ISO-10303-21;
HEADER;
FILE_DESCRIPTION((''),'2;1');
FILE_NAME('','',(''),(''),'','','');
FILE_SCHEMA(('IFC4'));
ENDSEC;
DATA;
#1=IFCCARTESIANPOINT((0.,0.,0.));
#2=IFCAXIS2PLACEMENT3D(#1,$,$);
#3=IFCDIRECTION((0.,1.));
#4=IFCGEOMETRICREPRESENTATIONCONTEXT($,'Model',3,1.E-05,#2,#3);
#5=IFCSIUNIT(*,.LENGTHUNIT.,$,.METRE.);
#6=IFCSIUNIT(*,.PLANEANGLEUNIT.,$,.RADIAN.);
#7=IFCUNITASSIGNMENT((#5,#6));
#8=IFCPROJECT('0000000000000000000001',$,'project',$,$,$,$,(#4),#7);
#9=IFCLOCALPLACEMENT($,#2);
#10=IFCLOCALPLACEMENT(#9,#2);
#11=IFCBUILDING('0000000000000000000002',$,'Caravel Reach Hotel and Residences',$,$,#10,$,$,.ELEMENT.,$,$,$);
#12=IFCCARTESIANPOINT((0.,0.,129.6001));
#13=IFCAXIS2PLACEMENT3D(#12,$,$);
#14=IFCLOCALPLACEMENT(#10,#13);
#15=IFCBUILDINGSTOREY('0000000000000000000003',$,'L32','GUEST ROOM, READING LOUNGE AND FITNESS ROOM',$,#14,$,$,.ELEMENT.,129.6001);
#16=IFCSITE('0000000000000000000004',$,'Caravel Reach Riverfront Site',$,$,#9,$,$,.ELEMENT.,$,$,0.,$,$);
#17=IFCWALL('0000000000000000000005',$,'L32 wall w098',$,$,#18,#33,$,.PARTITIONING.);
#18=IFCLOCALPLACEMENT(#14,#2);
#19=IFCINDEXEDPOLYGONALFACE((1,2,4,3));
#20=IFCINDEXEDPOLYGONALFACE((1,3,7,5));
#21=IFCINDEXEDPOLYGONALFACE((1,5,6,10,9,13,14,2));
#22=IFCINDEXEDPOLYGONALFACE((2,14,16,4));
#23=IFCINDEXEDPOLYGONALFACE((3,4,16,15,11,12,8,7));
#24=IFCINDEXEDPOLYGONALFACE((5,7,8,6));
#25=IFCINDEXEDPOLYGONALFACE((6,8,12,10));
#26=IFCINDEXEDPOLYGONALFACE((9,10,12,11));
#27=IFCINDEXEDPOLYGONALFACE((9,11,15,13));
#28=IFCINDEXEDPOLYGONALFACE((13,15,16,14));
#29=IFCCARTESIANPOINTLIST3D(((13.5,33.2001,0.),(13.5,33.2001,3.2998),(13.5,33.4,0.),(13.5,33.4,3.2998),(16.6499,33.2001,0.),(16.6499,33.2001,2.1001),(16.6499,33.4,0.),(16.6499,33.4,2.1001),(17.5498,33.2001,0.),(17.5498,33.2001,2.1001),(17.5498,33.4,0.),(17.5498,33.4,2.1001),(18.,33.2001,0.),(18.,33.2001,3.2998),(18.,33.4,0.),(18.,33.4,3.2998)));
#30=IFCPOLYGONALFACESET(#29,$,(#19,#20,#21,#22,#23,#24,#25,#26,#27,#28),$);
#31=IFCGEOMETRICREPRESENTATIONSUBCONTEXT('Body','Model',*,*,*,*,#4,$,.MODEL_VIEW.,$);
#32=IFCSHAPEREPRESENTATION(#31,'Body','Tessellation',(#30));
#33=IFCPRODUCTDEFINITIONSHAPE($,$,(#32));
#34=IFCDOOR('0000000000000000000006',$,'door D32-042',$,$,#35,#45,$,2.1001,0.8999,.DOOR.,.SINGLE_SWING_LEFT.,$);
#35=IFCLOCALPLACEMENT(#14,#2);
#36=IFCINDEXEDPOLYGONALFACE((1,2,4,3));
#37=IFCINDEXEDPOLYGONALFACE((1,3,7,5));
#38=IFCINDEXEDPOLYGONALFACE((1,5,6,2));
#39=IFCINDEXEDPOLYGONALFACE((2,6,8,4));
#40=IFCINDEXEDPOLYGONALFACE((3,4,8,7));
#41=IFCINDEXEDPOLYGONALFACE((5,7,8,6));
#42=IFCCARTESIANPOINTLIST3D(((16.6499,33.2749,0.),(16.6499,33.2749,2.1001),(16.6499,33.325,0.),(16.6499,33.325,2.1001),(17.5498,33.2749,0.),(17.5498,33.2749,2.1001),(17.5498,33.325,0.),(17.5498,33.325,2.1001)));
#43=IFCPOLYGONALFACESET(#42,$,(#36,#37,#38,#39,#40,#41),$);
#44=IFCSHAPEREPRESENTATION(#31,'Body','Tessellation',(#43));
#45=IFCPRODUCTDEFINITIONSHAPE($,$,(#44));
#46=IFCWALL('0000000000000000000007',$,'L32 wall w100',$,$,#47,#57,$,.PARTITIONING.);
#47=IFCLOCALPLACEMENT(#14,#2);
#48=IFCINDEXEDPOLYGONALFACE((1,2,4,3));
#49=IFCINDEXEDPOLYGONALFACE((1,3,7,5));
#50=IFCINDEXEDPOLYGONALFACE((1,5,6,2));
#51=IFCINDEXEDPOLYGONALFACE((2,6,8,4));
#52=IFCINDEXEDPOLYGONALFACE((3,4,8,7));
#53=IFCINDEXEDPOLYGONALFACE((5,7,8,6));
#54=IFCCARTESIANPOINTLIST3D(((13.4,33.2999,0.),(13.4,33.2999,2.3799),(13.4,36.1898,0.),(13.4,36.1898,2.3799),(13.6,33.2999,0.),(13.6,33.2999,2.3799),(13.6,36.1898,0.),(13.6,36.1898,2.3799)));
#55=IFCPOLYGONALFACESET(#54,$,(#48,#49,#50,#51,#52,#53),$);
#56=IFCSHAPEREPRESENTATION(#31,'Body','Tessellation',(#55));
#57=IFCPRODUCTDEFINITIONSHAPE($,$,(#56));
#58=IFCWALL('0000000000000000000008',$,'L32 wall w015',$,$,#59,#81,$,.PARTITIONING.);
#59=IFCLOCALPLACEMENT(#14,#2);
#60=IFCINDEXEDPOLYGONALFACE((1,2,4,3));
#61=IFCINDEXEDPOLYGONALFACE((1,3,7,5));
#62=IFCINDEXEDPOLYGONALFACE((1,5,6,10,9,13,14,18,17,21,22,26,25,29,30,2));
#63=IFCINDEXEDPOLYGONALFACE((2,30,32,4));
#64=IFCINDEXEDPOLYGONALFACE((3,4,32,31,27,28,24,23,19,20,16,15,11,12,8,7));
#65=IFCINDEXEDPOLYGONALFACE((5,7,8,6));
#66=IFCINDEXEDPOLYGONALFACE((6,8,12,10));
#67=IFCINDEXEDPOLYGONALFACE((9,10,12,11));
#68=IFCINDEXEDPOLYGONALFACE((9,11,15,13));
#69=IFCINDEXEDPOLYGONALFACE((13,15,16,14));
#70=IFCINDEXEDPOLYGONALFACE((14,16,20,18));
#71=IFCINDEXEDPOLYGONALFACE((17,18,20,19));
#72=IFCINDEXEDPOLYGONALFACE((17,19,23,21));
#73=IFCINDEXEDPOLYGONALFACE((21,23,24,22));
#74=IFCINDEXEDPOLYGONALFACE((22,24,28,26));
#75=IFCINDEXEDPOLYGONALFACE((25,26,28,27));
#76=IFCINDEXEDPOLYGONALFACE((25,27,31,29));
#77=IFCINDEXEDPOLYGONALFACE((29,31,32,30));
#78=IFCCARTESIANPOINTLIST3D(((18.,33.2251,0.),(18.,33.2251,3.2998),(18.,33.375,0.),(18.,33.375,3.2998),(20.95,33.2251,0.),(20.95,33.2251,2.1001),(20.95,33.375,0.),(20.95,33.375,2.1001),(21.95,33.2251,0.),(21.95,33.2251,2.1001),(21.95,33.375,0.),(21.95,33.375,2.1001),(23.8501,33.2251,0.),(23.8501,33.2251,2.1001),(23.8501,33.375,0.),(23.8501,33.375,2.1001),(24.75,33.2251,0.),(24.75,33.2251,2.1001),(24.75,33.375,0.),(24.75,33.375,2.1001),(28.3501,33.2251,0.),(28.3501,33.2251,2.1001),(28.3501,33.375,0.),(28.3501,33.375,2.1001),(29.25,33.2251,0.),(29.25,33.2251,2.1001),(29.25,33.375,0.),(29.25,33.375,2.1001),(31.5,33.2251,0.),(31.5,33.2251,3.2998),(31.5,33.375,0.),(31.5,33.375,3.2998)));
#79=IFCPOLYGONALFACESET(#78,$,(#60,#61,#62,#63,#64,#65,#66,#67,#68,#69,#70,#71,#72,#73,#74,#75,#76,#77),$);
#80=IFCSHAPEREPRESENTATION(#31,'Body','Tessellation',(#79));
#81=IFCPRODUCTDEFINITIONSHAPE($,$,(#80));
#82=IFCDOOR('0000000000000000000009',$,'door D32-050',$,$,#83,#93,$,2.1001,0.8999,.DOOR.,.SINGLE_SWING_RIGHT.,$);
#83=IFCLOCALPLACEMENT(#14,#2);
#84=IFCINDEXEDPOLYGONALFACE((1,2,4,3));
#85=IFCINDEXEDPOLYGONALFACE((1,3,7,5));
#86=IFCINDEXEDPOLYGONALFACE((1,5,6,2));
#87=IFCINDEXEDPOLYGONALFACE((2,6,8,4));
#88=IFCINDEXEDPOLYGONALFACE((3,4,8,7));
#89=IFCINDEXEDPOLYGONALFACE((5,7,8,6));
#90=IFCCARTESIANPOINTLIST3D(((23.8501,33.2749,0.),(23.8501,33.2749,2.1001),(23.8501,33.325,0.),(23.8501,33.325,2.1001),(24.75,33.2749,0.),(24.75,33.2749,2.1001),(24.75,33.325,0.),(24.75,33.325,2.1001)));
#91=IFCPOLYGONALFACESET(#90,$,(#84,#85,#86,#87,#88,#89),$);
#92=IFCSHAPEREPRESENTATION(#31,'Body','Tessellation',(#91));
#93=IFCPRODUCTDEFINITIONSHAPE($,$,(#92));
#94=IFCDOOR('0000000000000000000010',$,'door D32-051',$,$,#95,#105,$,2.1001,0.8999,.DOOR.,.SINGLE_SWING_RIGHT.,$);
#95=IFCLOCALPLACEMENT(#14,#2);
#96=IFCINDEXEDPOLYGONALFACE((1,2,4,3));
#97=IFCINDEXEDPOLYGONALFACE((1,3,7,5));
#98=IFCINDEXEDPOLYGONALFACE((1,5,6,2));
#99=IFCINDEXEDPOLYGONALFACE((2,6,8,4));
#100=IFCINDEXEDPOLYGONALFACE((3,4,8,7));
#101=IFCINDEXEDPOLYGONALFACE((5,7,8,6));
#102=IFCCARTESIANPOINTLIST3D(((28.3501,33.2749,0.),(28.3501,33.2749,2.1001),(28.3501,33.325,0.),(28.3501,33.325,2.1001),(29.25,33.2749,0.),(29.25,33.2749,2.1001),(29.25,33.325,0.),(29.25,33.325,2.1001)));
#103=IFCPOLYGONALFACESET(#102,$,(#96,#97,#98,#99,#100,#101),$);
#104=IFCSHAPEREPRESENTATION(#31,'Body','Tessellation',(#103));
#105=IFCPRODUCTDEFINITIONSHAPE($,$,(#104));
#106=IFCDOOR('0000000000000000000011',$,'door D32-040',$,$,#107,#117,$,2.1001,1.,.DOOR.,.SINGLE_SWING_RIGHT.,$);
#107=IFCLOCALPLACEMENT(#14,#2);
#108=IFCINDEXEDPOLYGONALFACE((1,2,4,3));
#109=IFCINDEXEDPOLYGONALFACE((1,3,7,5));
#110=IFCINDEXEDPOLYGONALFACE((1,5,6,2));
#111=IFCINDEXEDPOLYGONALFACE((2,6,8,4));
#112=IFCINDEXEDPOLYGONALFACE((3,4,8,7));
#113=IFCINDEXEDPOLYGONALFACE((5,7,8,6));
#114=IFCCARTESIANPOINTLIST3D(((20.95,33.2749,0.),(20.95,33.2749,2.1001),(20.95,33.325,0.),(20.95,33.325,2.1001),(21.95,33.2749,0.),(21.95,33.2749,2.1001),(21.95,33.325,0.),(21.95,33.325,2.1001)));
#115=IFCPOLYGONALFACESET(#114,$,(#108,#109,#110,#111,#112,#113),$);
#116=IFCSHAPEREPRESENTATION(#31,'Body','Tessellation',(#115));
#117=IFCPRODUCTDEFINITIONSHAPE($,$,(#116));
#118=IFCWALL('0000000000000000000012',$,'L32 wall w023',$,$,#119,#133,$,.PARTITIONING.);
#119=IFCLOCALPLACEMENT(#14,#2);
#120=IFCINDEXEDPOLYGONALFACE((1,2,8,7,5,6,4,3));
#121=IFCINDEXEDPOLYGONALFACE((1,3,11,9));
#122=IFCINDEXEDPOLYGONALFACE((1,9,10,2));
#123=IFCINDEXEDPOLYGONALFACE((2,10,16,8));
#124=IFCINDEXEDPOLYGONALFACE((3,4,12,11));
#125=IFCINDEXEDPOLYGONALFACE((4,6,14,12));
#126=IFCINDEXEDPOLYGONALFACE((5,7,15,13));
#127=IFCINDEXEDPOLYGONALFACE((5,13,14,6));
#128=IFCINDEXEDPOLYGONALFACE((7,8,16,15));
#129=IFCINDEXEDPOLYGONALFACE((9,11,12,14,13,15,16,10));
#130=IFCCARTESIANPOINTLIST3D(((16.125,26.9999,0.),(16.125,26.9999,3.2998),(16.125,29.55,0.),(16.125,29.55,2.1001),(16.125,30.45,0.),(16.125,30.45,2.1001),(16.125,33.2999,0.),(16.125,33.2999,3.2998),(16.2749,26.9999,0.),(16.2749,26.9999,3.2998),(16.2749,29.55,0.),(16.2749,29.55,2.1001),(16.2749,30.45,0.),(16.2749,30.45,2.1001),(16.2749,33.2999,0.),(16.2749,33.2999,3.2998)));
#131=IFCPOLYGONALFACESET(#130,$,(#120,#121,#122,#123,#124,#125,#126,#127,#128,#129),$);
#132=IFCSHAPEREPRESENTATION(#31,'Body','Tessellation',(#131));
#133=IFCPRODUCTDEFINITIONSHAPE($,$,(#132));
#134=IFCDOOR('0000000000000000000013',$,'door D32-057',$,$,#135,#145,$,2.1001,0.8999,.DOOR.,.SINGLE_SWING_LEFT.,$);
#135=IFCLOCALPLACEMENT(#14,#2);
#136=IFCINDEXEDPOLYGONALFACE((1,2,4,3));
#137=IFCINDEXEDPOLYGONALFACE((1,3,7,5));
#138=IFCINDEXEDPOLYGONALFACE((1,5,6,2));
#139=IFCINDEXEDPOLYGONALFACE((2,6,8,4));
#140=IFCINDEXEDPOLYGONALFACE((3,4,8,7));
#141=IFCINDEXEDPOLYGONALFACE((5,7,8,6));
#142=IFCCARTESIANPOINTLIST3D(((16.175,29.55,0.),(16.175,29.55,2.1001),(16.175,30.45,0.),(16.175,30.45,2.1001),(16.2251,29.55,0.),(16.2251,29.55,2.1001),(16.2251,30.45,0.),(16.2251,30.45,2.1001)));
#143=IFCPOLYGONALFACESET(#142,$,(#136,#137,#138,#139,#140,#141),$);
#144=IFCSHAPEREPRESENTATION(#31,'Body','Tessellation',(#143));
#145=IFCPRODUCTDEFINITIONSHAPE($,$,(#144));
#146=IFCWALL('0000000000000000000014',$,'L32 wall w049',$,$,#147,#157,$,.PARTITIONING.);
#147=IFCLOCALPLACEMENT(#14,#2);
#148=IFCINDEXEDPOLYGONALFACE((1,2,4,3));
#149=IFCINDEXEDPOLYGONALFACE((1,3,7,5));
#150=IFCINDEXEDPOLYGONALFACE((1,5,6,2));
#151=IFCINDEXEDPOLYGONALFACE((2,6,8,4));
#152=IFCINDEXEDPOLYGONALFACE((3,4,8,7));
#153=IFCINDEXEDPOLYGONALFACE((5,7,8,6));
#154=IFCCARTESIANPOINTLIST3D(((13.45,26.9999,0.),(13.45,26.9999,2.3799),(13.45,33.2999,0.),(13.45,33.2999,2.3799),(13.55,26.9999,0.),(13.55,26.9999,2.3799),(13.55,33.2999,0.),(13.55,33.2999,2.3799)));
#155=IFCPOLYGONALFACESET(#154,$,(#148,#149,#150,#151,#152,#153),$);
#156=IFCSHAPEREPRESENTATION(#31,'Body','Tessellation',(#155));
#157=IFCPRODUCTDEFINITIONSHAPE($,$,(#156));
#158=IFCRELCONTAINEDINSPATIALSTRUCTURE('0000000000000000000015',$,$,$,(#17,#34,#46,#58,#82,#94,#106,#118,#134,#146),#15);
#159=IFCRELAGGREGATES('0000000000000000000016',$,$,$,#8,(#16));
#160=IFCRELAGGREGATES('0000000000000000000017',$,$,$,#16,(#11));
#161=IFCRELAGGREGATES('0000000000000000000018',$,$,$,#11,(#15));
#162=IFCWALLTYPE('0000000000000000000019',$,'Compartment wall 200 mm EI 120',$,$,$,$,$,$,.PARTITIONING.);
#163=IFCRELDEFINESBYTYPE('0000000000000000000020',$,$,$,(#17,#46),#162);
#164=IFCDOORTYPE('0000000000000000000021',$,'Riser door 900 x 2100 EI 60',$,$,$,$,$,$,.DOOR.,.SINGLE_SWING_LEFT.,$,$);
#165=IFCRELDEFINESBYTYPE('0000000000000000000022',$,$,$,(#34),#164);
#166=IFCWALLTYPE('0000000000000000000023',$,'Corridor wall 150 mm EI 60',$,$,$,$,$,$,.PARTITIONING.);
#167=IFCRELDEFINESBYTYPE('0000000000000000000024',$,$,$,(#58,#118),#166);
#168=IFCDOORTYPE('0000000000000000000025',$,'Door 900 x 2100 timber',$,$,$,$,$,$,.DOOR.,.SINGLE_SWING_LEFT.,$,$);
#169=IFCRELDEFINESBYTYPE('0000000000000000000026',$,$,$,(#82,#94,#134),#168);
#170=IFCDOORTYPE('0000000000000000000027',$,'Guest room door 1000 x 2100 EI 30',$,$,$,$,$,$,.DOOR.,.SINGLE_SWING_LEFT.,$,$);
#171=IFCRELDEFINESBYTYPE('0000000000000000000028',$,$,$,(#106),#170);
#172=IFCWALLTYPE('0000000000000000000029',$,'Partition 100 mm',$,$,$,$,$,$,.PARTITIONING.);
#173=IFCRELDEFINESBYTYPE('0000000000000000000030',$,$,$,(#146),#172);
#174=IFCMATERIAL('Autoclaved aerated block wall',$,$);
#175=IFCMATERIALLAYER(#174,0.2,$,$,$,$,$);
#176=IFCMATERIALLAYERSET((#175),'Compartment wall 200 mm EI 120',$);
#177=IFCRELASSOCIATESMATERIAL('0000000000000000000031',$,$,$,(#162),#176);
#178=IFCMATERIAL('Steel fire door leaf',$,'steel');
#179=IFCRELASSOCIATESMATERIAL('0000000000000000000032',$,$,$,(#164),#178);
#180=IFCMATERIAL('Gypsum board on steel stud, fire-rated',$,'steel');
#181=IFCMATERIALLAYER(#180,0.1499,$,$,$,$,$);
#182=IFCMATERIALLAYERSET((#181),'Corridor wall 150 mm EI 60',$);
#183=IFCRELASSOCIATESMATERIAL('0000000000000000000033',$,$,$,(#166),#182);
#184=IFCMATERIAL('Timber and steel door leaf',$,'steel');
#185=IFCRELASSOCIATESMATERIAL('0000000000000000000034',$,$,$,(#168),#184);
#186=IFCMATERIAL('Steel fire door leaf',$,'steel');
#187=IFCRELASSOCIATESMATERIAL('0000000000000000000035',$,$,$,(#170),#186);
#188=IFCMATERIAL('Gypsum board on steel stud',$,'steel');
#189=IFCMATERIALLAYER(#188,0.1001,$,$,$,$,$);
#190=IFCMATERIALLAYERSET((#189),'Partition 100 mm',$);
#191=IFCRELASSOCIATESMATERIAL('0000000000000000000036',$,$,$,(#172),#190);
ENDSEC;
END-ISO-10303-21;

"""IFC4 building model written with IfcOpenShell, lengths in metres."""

from ifc_helpers import new_model, si_unit, direction, frame, frame_2d, origin, place, context, subcontext, project, spatial, rectangle, extrude, material, layer, layer_set, type_object, element, fill, save


model = new_model("IFC4")

# Units and contexts
model_context = context("Model", 3, precision=1e-05, world=origin(), true_north=direction((0.0, 1.0)))
body_context = subcontext(model_context, "Body", "Model", "MODEL_VIEW")
ifc_project = project(units=[si_unit("LENGTHUNIT", "METRE"), si_unit("PLANEANGLEUNIT", "RADIAN")], contexts=[model_context])

# Site, building, storey
site_placement = place(None, origin())
site = spatial("IfcSite", under=ifc_project, at=site_placement, Name="Caravel Reach Riverfront Site", CompositionType="ELEMENT", RefElevation=0.0)
building_placement = place(site_placement, origin())
building = spatial("IfcBuilding", under=site, at=building_placement, Name="Caravel Reach Hotel and Residences", CompositionType="ELEMENT")
storey_placement = place(building_placement, frame((0.0, 0.0, 129.6001)))
storey = spatial("IfcBuildingStorey", under=building, at=storey_placement, Name="L32", Description="GUEST ROOM, READING LOUNGE AND FITNESS ROOM", CompositionType="ELEMENT", Elevation=129.6001)

# Wall, opening, door
ifc_material_1 = material(Name="Autoclaved aerated block wall")
ifc_layer_1 = layer(ifc_material_1, 0.2)
ifc_layer_set_1 = layer_set([ifc_layer_1], Name="Compartment wall 200 mm EI 120")
wall_type_1 = type_object("IfcWallType", Name="Compartment wall 200 mm EI 120", PredefinedType="PARTITIONING", material=ifc_layer_set_1)
wall_1_placement = place(storey_placement, frame((13.5, 33.3, 0.0), z_axis=(0.0, 0.0, 1.0), x_axis=(1.0, 0.0, 0.0)))
wall_1 = element("IfcWall", 1, at=wall_1_placement, inside=storey, type_object=wall_type_1, Name="L32 wall w098", PredefinedType="PARTITIONING", context=body_context, shape_type="SweptSolid", body=[
    extrude(rectangle(XDim=4.5, YDim=0.2, at=frame_2d((2.25, 0.0))), origin(), (0.0, 0.0, 1.0), 3.2998),
])
opening_1_placement = place(wall_1_placement, frame((3.1499, 0.0, 0.0)))
opening_1 = element("IfcOpeningElement", 2, at=opening_1_placement, cuts=wall_1, PredefinedType="OPENING", context=body_context, shape_type="SweptSolid", body=[
    extrude(rectangle(XDim=0.8999, YDim=2.1001, at=frame_2d((0.45, 1.05))), frame((0.0, 0.1099, 0.0), z_axis=(0.0, -1.0, 0.0), x_axis=(1.0, 0.0, 0.0)), (0.0, 0.0, 1.0), 0.22),
])
ifc_material_2 = material(Name="Steel fire door leaf", Category="steel")
door_type_1 = type_object("IfcDoorType", Name="Riser door 900 x 2100 EI 60", OperationType="SINGLE_SWING_LEFT", PredefinedType="DOOR", material=ifc_material_2)
door_1_placement = place(opening_1_placement, origin())
door_1 = element("IfcDoor", 3, at=door_1_placement, inside=storey, type_object=door_type_1, Name="door D32-042", OperationType="SINGLE_SWING_LEFT", OverallHeight=2.1001, OverallWidth=0.8999, PredefinedType="DOOR", context=body_context, shape_type="SweptSolid", body=[
    extrude(rectangle(XDim=0.8999, YDim=2.1001, at=frame_2d((0.45, 1.05))), frame((0.0, 0.0249, 0.0), z_axis=(0.0, -1.0, 0.0), x_axis=(1.0, 0.0, 0.0)), (0.0, 0.0, 1.0), 0.05),
])
fill(opening_1, door_1)

# Wall
wall_2_placement = place(storey_placement, frame((13.5, 33.3, 0.0), z_axis=(0.0, 0.0, 1.0), x_axis=(0.0, 1.0, 0.0)))
element("IfcWall", 4, at=wall_2_placement, inside=storey, type_object=wall_type_1, Name="L32 wall w100", PredefinedType="PARTITIONING", context=body_context, shape_type="SweptSolid", body=[
    extrude(rectangle(XDim=2.8899, YDim=0.2, at=frame_2d((1.4448, 0.0))), origin(), (0.0, 0.0, 1.0), 2.3799),
])

# Wall, openings, doors
ifc_material_3 = material(Name="Gypsum board on steel stud, fire-rated", Category="steel")
ifc_layer_2 = layer(ifc_material_3, 0.1499)
ifc_layer_set_2 = layer_set([ifc_layer_2], Name="Corridor wall 150 mm EI 60")
wall_type_2 = type_object("IfcWallType", Name="Corridor wall 150 mm EI 60", PredefinedType="PARTITIONING", material=ifc_layer_set_2)
wall_3_placement = place(storey_placement, frame((18.0, 33.3, 0.0), z_axis=(0.0, 0.0, 1.0), x_axis=(1.0, 0.0, 0.0)))
wall_3 = element("IfcWall", 5, at=wall_3_placement, inside=storey, type_object=wall_type_2, Name="L32 wall w015", PredefinedType="PARTITIONING", context=body_context, shape_type="SweptSolid", body=[
    extrude(rectangle(XDim=13.5, YDim=0.1499, at=frame_2d((6.75, 0.0))), origin(), (0.0, 0.0, 1.0), 3.2998),
])
opening_2_placement = place(wall_3_placement, frame((2.95, 0.0, 0.0)))
opening_2 = element("IfcOpeningElement", 6, at=opening_2_placement, cuts=wall_3, PredefinedType="OPENING", context=body_context, shape_type="SweptSolid", body=[
    extrude(rectangle(XDim=1.0, YDim=2.1001, at=frame_2d((0.5, 1.05))), frame((0.0, 0.085, 0.0), z_axis=(0.0, -1.0, 0.0), x_axis=(1.0, 0.0, 0.0)), (0.0, 0.0, 1.0), 0.1699),
])
opening_3_placement = place(wall_3_placement, frame((5.8501, 0.0, 0.0)))
opening_3 = element("IfcOpeningElement", 7, at=opening_3_placement, cuts=wall_3, PredefinedType="OPENING", context=body_context, shape_type="SweptSolid", body=[
    extrude(rectangle(XDim=0.8999, YDim=2.1001, at=frame_2d((0.45, 1.05))), frame((0.0, 0.085, 0.0), z_axis=(0.0, -1.0, 0.0), x_axis=(1.0, 0.0, 0.0)), (0.0, 0.0, 1.0), 0.1699),
])
opening_4_placement = place(wall_3_placement, frame((10.3501, 0.0, 0.0)))
opening_4 = element("IfcOpeningElement", 8, at=opening_4_placement, cuts=wall_3, PredefinedType="OPENING", context=body_context, shape_type="SweptSolid", body=[
    extrude(rectangle(XDim=0.8999, YDim=2.1001, at=frame_2d((0.45, 1.05))), frame((0.0, 0.085, 0.0), z_axis=(0.0, -1.0, 0.0), x_axis=(1.0, 0.0, 0.0)), (0.0, 0.0, 1.0), 0.1699),
])
ifc_material_4 = material(Name="Timber and steel door leaf", Category="steel")
door_type_2 = type_object("IfcDoorType", Name="Door 900 x 2100 timber", OperationType="SINGLE_SWING_LEFT", PredefinedType="DOOR", material=ifc_material_4)
door_2_placement = place(opening_3_placement, origin())
door_2 = element("IfcDoor", 9, at=door_2_placement, inside=storey, type_object=door_type_2, Name="door D32-050", OperationType="SINGLE_SWING_RIGHT", OverallHeight=2.1001, OverallWidth=0.8999, PredefinedType="DOOR", context=body_context, shape_type="SweptSolid", body=[
    extrude(rectangle(XDim=0.8999, YDim=2.1001, at=frame_2d((0.45, 1.05))), frame((0.0, 0.0249, 0.0), z_axis=(0.0, -1.0, 0.0), x_axis=(1.0, 0.0, 0.0)), (0.0, 0.0, 1.0), 0.05),
])
fill(opening_3, door_2)
door_3_placement = place(opening_4_placement, origin())
door_3 = element("IfcDoor", 10, at=door_3_placement, inside=storey, type_object=door_type_2, Name="door D32-051", OperationType="SINGLE_SWING_RIGHT", OverallHeight=2.1001, OverallWidth=0.8999, PredefinedType="DOOR", context=body_context, shape_type="SweptSolid", body=[
    extrude(rectangle(XDim=0.8999, YDim=2.1001, at=frame_2d((0.45, 1.05))), frame((0.0, 0.0249, 0.0), z_axis=(0.0, -1.0, 0.0), x_axis=(1.0, 0.0, 0.0)), (0.0, 0.0, 1.0), 0.05),
])
fill(opening_4, door_3)
ifc_material_5 = material(Name="Steel fire door leaf", Category="steel")
door_type_3 = type_object("IfcDoorType", Name="Guest room door 1000 x 2100 EI 30", OperationType="SINGLE_SWING_LEFT", PredefinedType="DOOR", material=ifc_material_5)
door_4_placement = place(opening_2_placement, origin())
door_4 = element("IfcDoor", 11, at=door_4_placement, inside=storey, type_object=door_type_3, Name="door D32-040", OperationType="SINGLE_SWING_RIGHT", OverallHeight=2.1001, OverallWidth=1.0, PredefinedType="DOOR", context=body_context, shape_type="SweptSolid", body=[
    extrude(rectangle(XDim=1.0, YDim=2.1001, at=frame_2d((0.5, 1.05))), frame((0.0, 0.0249, 0.0), z_axis=(0.0, -1.0, 0.0), x_axis=(1.0, 0.0, 0.0)), (0.0, 0.0, 1.0), 0.05),
])
fill(opening_2, door_4)

# Wall, opening, door
wall_4_placement = place(storey_placement, frame((16.2, 27.0, 0.0), z_axis=(0.0, 0.0, 1.0), x_axis=(0.0, 1.0, 0.0)))
wall_4 = element("IfcWall", 12, at=wall_4_placement, inside=storey, type_object=wall_type_2, Name="L32 wall w023", PredefinedType="PARTITIONING", context=body_context, shape_type="SweptSolid", body=[
    extrude(rectangle(XDim=6.3, YDim=0.1499, at=frame_2d((3.1499, 0.0))), origin(), (0.0, 0.0, 1.0), 3.2998),
])
opening_5_placement = place(wall_4_placement, frame((2.55, 0.0, 0.0)))
opening_5 = element("IfcOpeningElement", 13, at=opening_5_placement, cuts=wall_4, PredefinedType="OPENING", context=body_context, shape_type="SweptSolid", body=[
    extrude(rectangle(XDim=0.8999, YDim=2.1001, at=frame_2d((0.45, 1.05))), frame((0.0, 0.085, 0.0), z_axis=(0.0, -1.0, 0.0), x_axis=(1.0, 0.0, 0.0)), (0.0, 0.0, 1.0), 0.1699),
])
door_5_placement = place(opening_5_placement, origin())
door_5 = element("IfcDoor", 14, at=door_5_placement, inside=storey, type_object=door_type_2, Name="door D32-057", OperationType="SINGLE_SWING_LEFT", OverallHeight=2.1001, OverallWidth=0.8999, PredefinedType="DOOR", context=body_context, shape_type="SweptSolid", body=[
    extrude(rectangle(XDim=0.8999, YDim=2.1001, at=frame_2d((0.45, 1.05))), frame((0.0, 0.0249, 0.0), z_axis=(0.0, -1.0, 0.0), x_axis=(1.0, 0.0, 0.0)), (0.0, 0.0, 1.0), 0.05),
])
fill(opening_5, door_5)

# Wall
ifc_material_6 = material(Name="Gypsum board on steel stud", Category="steel")
ifc_layer_3 = layer(ifc_material_6, 0.1001)
ifc_layer_set_3 = layer_set([ifc_layer_3], Name="Partition 100 mm")
wall_type_3 = type_object("IfcWallType", Name="Partition 100 mm", PredefinedType="PARTITIONING", material=ifc_layer_set_3)
wall_5_placement = place(storey_placement, frame((13.5, 27.0, 0.0), z_axis=(0.0, 0.0, 1.0), x_axis=(0.0, 1.0, 0.0)))
element("IfcWall", 15, at=wall_5_placement, inside=storey, type_object=wall_type_3, Name="L32 wall w049", PredefinedType="PARTITIONING", context=body_context, shape_type="SweptSolid", body=[
    extrude(rectangle(XDim=6.3, YDim=0.1001, at=frame_2d((3.1499, 0.0))), origin(), (0.0, 0.0, 1.0), 2.3799),
])

save(model, "model.ifc")
